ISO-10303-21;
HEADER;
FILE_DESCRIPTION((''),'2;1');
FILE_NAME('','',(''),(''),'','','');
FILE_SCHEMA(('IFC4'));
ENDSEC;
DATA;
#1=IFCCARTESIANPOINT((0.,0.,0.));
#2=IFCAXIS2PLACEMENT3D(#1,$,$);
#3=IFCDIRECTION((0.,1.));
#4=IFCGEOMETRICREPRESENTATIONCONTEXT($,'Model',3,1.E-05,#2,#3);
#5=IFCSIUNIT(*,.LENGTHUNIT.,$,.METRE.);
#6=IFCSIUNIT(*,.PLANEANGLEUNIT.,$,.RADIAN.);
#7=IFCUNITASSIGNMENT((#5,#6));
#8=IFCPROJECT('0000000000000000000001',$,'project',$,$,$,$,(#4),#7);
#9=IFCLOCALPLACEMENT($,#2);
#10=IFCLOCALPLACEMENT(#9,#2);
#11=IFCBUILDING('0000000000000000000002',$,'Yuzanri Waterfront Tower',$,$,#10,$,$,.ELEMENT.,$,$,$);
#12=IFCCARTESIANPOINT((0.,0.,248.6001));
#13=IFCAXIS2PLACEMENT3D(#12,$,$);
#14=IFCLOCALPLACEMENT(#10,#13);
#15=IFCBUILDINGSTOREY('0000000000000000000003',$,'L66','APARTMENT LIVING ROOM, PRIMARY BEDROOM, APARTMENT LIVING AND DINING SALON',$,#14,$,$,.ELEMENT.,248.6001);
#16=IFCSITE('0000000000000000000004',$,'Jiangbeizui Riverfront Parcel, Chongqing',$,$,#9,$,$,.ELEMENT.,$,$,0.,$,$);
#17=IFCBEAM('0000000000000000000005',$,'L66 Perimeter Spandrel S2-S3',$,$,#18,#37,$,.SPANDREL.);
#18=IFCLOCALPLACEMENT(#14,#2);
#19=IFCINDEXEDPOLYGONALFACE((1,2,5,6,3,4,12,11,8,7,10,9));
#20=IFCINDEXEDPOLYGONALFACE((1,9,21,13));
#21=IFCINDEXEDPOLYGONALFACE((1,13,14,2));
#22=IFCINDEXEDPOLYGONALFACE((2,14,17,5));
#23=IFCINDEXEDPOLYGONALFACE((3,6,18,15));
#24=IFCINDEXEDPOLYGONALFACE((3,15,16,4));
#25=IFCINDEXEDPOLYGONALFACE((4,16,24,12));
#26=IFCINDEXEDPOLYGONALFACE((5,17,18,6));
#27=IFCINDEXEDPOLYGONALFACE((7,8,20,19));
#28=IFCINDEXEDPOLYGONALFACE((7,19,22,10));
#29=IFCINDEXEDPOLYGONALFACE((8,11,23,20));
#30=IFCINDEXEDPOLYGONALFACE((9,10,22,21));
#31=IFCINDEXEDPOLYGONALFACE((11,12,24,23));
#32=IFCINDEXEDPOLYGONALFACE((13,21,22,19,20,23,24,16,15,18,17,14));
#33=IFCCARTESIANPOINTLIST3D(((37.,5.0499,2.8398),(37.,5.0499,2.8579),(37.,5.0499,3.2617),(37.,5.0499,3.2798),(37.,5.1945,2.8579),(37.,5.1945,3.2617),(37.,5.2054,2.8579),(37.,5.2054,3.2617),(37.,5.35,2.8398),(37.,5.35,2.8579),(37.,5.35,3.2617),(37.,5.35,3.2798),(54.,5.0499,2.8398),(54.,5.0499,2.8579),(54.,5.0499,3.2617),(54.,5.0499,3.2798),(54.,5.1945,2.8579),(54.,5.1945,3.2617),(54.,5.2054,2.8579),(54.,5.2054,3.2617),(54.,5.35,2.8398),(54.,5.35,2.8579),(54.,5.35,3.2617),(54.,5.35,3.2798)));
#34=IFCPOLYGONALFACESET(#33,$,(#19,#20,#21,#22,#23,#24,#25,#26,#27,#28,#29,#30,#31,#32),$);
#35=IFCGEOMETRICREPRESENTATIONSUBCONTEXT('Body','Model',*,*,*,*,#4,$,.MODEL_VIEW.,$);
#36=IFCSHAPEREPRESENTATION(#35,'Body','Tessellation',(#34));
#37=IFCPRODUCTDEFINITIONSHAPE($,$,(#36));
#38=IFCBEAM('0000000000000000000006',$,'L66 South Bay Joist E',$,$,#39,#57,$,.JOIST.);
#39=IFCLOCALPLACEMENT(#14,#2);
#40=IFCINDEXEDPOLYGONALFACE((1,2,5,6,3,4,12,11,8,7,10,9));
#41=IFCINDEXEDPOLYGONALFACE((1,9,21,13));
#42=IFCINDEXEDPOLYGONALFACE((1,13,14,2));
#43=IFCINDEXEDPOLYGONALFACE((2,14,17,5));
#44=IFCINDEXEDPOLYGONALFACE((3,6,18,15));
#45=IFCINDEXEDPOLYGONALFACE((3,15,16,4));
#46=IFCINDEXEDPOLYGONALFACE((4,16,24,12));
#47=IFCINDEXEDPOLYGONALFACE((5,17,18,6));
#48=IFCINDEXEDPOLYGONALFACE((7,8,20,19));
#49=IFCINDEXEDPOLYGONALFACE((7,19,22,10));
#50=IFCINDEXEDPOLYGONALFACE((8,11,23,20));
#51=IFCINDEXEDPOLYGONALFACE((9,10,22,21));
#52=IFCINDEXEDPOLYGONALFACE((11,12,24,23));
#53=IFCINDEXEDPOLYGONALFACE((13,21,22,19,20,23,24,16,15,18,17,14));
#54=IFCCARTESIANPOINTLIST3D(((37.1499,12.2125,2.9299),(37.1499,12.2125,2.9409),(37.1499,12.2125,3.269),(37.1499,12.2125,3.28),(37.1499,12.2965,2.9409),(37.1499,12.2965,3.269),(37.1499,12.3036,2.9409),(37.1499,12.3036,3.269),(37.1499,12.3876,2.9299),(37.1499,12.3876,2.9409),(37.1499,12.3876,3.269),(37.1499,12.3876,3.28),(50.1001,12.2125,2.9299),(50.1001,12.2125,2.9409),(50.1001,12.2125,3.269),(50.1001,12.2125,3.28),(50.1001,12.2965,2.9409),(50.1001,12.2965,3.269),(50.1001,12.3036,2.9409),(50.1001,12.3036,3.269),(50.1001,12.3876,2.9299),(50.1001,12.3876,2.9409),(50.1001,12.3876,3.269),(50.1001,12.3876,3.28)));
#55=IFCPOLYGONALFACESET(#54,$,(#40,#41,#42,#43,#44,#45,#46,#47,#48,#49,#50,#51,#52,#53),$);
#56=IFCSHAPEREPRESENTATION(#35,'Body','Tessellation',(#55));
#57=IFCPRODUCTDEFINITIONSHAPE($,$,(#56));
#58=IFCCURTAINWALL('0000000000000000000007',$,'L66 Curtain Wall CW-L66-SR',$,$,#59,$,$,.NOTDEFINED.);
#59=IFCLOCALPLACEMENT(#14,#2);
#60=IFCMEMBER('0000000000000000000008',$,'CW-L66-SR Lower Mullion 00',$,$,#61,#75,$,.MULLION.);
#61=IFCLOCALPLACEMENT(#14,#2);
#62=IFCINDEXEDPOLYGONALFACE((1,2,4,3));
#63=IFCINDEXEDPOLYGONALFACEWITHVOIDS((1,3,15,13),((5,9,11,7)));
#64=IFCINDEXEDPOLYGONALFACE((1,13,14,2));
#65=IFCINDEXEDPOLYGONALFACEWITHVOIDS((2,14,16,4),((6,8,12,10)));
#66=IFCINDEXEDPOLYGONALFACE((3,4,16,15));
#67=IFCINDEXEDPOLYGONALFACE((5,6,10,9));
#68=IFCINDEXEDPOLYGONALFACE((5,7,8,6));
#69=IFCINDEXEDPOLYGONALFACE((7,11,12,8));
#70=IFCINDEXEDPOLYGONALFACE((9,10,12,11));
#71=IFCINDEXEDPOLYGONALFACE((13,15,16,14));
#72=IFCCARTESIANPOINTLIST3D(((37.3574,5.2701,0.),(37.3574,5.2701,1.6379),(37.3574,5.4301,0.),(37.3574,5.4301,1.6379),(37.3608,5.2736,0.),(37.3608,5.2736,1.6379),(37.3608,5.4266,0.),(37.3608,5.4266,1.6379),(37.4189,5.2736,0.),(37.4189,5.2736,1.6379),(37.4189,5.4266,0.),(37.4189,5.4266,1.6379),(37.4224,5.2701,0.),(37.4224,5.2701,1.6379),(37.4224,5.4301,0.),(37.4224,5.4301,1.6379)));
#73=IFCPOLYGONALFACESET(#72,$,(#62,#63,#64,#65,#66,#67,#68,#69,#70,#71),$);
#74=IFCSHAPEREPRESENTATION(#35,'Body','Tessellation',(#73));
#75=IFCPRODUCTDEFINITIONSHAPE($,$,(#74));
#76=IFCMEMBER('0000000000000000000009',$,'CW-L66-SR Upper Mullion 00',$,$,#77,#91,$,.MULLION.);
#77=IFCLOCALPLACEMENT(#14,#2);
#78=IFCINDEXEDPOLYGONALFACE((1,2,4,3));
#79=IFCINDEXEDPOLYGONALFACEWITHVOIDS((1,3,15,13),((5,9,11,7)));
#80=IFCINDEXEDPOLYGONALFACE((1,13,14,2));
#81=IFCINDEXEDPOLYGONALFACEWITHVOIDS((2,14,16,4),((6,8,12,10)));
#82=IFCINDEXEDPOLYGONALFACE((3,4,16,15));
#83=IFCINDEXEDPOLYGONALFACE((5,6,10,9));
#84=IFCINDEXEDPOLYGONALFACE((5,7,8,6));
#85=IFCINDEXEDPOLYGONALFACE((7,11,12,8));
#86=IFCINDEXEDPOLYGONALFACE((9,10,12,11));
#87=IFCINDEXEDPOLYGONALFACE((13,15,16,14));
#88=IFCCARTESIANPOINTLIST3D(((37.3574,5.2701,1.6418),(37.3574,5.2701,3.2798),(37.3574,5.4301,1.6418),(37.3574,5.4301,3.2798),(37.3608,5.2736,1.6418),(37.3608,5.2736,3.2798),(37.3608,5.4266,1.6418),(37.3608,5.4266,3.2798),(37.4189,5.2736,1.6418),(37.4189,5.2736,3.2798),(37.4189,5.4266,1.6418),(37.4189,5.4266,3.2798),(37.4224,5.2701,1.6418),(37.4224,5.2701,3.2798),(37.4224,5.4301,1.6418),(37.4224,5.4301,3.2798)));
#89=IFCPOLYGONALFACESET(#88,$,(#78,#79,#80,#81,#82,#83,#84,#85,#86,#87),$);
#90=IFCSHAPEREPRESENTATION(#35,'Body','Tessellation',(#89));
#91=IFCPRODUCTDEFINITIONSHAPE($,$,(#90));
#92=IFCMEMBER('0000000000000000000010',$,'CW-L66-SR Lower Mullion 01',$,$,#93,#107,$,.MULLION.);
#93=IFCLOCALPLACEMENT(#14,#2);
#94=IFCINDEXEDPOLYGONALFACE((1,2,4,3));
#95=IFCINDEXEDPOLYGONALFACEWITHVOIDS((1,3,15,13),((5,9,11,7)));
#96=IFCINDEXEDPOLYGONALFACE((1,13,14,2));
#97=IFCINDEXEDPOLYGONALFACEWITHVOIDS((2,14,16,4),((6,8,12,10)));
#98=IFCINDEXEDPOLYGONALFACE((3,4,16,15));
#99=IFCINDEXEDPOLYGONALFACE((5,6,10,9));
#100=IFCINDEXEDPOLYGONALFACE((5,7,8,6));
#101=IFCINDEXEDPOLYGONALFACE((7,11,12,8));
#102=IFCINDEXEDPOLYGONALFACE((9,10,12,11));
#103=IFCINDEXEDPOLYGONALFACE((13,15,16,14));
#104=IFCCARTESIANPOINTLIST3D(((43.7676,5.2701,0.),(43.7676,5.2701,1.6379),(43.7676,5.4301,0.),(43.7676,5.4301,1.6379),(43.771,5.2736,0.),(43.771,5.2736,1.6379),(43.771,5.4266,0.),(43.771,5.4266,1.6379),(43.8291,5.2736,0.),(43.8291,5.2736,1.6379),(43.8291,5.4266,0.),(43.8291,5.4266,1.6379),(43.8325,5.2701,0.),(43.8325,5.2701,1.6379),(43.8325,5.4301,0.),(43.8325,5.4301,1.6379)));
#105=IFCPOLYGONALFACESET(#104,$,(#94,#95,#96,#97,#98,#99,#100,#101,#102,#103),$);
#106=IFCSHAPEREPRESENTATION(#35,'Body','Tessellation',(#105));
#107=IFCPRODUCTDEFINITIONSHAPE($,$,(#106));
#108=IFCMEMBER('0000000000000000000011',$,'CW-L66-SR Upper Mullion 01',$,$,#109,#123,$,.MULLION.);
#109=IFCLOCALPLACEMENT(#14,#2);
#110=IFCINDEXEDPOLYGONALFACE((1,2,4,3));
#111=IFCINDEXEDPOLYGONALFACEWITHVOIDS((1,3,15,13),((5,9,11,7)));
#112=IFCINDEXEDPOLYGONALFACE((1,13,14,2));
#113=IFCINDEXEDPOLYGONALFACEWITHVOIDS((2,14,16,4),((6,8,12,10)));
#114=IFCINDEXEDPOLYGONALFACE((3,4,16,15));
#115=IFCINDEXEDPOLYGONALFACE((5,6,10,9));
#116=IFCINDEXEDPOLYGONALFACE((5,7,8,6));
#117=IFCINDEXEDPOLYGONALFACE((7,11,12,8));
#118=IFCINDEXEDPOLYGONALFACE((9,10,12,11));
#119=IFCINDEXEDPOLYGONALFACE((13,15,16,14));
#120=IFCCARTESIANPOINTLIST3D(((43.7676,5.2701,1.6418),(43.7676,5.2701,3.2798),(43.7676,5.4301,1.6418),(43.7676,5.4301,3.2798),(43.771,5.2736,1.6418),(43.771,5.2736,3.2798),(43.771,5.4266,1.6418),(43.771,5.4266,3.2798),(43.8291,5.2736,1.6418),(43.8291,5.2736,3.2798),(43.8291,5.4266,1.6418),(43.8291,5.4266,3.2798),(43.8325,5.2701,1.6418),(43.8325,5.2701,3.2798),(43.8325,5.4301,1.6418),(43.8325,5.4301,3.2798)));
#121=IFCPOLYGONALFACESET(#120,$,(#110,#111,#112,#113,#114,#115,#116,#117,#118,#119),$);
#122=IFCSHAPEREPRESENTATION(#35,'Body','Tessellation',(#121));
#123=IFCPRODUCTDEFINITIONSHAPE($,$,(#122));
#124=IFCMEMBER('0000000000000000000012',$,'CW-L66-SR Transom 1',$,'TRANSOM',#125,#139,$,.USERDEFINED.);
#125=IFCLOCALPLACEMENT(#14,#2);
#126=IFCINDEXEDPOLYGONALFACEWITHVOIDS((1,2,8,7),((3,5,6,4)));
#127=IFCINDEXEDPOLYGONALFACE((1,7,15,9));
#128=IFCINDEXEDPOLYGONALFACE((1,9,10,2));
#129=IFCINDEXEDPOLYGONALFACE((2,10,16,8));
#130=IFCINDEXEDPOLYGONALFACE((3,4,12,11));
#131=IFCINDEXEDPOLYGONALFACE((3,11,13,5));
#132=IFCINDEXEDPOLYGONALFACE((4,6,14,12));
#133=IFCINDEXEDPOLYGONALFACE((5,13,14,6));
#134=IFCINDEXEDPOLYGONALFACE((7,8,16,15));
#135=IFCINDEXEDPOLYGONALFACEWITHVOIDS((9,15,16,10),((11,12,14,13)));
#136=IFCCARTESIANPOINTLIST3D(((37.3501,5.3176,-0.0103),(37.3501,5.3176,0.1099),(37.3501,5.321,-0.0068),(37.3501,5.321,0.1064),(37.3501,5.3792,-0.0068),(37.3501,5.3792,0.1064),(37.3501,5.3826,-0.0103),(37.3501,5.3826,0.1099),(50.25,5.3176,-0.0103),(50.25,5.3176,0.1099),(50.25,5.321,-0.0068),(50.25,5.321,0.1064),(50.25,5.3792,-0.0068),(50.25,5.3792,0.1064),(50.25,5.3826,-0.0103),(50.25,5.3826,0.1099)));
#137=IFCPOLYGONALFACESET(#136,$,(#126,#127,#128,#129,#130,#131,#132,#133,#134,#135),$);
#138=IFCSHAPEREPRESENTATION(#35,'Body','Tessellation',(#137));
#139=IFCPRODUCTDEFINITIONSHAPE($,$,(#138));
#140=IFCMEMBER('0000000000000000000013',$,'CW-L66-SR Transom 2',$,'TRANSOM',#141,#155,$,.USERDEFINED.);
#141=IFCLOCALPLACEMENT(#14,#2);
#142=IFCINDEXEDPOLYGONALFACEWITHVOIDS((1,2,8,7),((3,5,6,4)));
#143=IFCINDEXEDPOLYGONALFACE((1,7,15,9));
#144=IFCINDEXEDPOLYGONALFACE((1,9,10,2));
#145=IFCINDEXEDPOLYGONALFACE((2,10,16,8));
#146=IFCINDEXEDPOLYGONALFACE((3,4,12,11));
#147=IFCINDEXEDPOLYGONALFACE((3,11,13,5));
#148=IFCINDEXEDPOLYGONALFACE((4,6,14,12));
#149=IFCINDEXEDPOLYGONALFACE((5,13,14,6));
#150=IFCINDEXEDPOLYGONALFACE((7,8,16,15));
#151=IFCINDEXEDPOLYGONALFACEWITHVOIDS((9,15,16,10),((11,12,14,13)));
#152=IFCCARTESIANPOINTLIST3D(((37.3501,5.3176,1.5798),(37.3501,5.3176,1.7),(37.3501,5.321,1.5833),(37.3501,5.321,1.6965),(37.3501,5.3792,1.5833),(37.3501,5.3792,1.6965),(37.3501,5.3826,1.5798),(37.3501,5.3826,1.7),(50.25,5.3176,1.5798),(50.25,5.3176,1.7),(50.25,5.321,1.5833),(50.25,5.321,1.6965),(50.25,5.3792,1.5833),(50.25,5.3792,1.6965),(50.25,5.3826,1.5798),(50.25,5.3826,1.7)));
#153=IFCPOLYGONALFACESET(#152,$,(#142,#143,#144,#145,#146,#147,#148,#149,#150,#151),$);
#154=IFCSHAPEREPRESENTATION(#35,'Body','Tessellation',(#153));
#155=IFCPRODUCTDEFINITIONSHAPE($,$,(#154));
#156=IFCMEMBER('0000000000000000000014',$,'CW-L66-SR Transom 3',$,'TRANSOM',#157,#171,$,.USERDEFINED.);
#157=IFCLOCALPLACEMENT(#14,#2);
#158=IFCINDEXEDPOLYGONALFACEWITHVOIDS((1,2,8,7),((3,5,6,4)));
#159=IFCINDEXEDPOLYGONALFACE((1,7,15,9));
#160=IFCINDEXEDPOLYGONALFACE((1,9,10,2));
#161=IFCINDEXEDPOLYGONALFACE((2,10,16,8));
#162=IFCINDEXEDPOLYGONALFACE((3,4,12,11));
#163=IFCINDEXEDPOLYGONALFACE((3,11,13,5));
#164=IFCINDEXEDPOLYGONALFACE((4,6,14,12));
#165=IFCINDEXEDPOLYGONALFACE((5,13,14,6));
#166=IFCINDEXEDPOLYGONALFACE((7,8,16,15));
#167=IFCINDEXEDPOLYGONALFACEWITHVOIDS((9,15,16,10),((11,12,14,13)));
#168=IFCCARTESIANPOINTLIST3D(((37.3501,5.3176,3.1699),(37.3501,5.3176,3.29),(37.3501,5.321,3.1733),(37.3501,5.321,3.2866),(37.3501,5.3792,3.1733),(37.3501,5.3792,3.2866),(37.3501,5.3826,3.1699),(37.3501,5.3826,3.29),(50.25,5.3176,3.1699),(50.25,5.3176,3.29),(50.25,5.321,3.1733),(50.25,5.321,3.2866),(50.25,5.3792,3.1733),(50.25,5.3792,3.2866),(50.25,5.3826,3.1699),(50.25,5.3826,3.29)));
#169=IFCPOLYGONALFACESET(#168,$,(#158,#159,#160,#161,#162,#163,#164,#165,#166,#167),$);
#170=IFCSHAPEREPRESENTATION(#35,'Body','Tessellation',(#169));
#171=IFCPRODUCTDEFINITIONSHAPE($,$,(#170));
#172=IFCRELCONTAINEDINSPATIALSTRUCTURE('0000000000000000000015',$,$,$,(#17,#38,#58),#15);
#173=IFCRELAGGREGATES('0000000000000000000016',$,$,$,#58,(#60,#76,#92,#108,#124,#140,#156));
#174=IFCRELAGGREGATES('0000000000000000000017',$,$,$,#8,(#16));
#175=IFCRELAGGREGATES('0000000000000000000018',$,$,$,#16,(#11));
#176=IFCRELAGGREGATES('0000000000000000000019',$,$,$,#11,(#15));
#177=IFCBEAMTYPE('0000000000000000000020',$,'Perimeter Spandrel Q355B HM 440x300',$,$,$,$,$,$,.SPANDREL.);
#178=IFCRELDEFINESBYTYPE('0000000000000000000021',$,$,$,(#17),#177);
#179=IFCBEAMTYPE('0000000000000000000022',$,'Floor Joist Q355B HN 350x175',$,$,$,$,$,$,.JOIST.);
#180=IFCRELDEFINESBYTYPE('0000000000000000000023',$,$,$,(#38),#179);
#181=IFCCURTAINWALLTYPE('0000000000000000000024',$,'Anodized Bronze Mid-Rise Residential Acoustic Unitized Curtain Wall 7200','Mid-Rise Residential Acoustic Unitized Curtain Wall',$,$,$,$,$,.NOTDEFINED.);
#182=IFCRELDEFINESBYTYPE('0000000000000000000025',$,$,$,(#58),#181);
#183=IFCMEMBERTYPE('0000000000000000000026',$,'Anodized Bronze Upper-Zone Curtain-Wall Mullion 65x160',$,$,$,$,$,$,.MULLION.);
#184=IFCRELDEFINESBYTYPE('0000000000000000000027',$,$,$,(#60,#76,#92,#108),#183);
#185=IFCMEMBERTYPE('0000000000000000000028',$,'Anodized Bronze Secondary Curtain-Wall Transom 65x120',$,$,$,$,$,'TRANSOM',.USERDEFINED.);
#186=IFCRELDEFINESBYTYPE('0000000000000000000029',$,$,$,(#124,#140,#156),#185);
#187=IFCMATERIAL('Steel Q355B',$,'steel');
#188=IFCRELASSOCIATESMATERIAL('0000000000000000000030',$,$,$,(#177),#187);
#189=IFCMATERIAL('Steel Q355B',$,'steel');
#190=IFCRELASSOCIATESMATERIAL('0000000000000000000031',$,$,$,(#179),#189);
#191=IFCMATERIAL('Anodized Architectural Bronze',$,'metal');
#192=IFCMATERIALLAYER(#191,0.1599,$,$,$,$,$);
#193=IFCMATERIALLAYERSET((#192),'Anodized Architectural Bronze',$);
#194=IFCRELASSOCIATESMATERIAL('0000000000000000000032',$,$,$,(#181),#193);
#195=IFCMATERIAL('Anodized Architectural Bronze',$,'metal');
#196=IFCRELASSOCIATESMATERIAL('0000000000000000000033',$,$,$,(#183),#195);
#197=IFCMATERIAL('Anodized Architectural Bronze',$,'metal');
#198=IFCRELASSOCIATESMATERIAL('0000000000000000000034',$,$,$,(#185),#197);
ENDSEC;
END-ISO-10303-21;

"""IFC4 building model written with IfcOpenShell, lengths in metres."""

from ifc_helpers import new_model, si_unit, direction, frame, origin, origin_2d, place, context, subcontext, project, spatial, hollow_rectangle, i_section, extrude, source, transform, mapped, material, layer, layer_set, material_profile, profile_set, type_object, element, aggregate, save


model = new_model("IFC4")

# Units and contexts
model_context = context("Model", 3, precision=1e-05, world=origin(), true_north=direction((0.0, 1.0)))
body_context = subcontext(model_context, "Body", "Model", "MODEL_VIEW")
ifc_project = project(units=[si_unit("LENGTHUNIT", "METRE"), si_unit("PLANEANGLEUNIT", "RADIAN")], contexts=[model_context])

# Site, building, storey
site_placement = place(None, origin())
site = spatial("IfcSite", under=ifc_project, at=site_placement, Name="Jiangbeizui Riverfront Parcel, Chongqing", CompositionType="ELEMENT", RefElevation=0.0)
building_placement = place(site_placement, origin())
building = spatial("IfcBuilding", under=site, at=building_placement, Name="Yuzanri Waterfront Tower", CompositionType="ELEMENT")
storey_placement = place(building_placement, frame((0.0, 0.0, 248.6001)))
storey = spatial("IfcBuildingStorey", under=building, at=storey_placement, Name="L66", Description="APARTMENT LIVING ROOM, PRIMARY BEDROOM, APARTMENT LIVING AND DINING SALON", CompositionType="ELEMENT", Elevation=248.6001)

# Beams
ifc_material_1 = material(Name="Steel Q355B", Category="steel")
ifc_material_profile_1 = material_profile(ifc_material_1, i_section(OverallWidth=0.3, OverallDepth=0.4399, WebThickness=0.011, FlangeThickness=0.0181, at=origin_2d()), Name="HM 440x300x11x18")
ifc_profile_set_1 = profile_set([ifc_material_profile_1], Name="Steel Q355B")
beam_type_1 = type_object("IfcBeamType", Name="Perimeter Spandrel Q355B HM 440x300", PredefinedType="SPANDREL", material=ifc_profile_set_1)
shared_shape_1 = source(origin(), body_context, "Body", "SweptSolid", [
    extrude(i_section(OverallWidth=0.3, OverallDepth=0.4399, WebThickness=0.011, FlangeThickness=0.0181, at=origin_2d()), origin(), (0.0, 0.0, 1.0), 17.0),
])
beam_1_placement = place(storey_placement, frame((37.0, 5.2, 3.0598), z_axis=(1.0, 0.0, 0.0), x_axis=(0.0, 1.0, 0.0)))
element("IfcBeam", 1, at=beam_1_placement, inside=storey, type_object=beam_type_1, Name="L66 Perimeter Spandrel S2-S3", PredefinedType="SPANDREL", context=body_context, shape_type="MappedRepresentation", body=[
    mapped(shared_shape_1, transform((0.0, 0.0, 0.0), scale=1.0)),
])
ifc_material_2 = material(Name="Steel Q355B", Category="steel")
ifc_material_profile_2 = material_profile(ifc_material_2, i_section(OverallWidth=0.175, OverallDepth=0.3501, WebThickness=0.0071, FlangeThickness=0.011, at=origin_2d()), Name="HN 350x175x7x11")
ifc_profile_set_2 = profile_set([ifc_material_profile_2], Name="Steel Q355B")
beam_type_2 = type_object("IfcBeamType", Name="Floor Joist Q355B HN 350x175", PredefinedType="JOIST", material=ifc_profile_set_2)
shared_shape_2 = source(origin(), body_context, "Body", "SweptSolid", [
    extrude(i_section(OverallWidth=0.175, OverallDepth=0.3501, WebThickness=0.0071, FlangeThickness=0.011, at=origin_2d()), origin(), (0.0, 0.0, 1.0), 12.9502),
])
beam_2_placement = place(storey_placement, frame((37.1499, 12.3, 3.105), z_axis=(1.0, 0.0, 0.0), x_axis=(0.0, 1.0, 0.0)))
element("IfcBeam", 2, at=beam_2_placement, inside=storey, type_object=beam_type_2, Name="L66 South Bay Joist E", PredefinedType="JOIST", context=body_context, shape_type="MappedRepresentation", body=[
    mapped(shared_shape_2, transform((0.0, 0.0, 0.0), scale=1.0)),
])

# Curtain wall, members
ifc_material_3 = material(Name="Anodized Architectural Bronze", Category="metal")
ifc_layer_1 = layer(ifc_material_3, 0.1599)
ifc_layer_set_1 = layer_set([ifc_layer_1], Name="Anodized Architectural Bronze")
curtain_wall_type = type_object("IfcCurtainWallType", Name="Anodized Bronze Mid-Rise Residential Acoustic Unitized Curtain Wall 7200", Description="Mid-Rise Residential Acoustic Unitized Curtain Wall", PredefinedType="NOTDEFINED", material=ifc_layer_set_1)
curtain_wall_placement = place(storey_placement, origin())
curtain_wall = element("IfcCurtainWall", 3, at=curtain_wall_placement, inside=storey, type_object=curtain_wall_type, Name="L66 Curtain Wall CW-L66-SR", PredefinedType="NOTDEFINED")
ifc_material_4 = material(Name="Anodized Architectural Bronze", Category="metal")
ifc_material_profile_3 = material_profile(ifc_material_4, hollow_rectangle(XDim=0.0649, YDim=0.1599, WallThickness=0.0034, at=origin_2d()), Name="CWM 65x160")
ifc_profile_set_3 = profile_set([ifc_material_profile_3], Name="Anodized Architectural Bronze")
member_type_1 = type_object("IfcMemberType", Name="Anodized Bronze Upper-Zone Curtain-Wall Mullion 65x160", PredefinedType="MULLION", material=ifc_profile_set_3)
shared_shape_3 = source(origin(), body_context, "Body", "SweptSolid", [
    extrude(hollow_rectangle(XDim=0.0649, YDim=0.1599, WallThickness=0.0034, at=origin_2d()), origin(), (0.0, 0.0, 1.0), 1.6379),
])
member_1_placement = place(storey_placement, frame((37.3899, 5.3501, 0.0), z_axis=(0.0, 0.0, 1.0), x_axis=(1.0, 0.0, 0.0)))
member_1 = element("IfcMember", 4, at=member_1_placement, type_object=member_type_1, Name="CW-L66-SR Lower Mullion 00", PredefinedType="MULLION", context=body_context, shape_type="MappedRepresentation", body=[
    mapped(shared_shape_3, transform((0.0, 0.0, 0.0), scale=1.0)),
])
member_2_placement = place(storey_placement, frame((37.3899, 5.3501, 1.6418), z_axis=(0.0, 0.0, 1.0), x_axis=(1.0, 0.0, 0.0)))
member_2 = element("IfcMember", 5, at=member_2_placement, type_object=member_type_1, Name="CW-L66-SR Upper Mullion 00", PredefinedType="MULLION", context=body_context, shape_type="MappedRepresentation", body=[
    mapped(shared_shape_3, transform((0.0, 0.0, 0.0), scale=1.0)),
])
member_3_placement = place(storey_placement, frame((43.8, 5.3501, 0.0), z_axis=(0.0, 0.0, 1.0), x_axis=(1.0, 0.0, 0.0)))
member_3 = element("IfcMember", 6, at=member_3_placement, type_object=member_type_1, Name="CW-L66-SR Lower Mullion 01", PredefinedType="MULLION", context=body_context, shape_type="MappedRepresentation", body=[
    mapped(shared_shape_3, transform((0.0, 0.0, 0.0), scale=1.0)),
])
member_4_placement = place(storey_placement, frame((43.8, 5.3501, 1.6418), z_axis=(0.0, 0.0, 1.0), x_axis=(1.0, 0.0, 0.0)))
member_4 = element("IfcMember", 7, at=member_4_placement, type_object=member_type_1, Name="CW-L66-SR Upper Mullion 01", PredefinedType="MULLION", context=body_context, shape_type="MappedRepresentation", body=[
    mapped(shared_shape_3, transform((0.0, 0.0, 0.0), scale=1.0)),
])
ifc_material_5 = material(Name="Anodized Architectural Bronze", Category="metal")
ifc_material_profile_4 = material_profile(ifc_material_5, hollow_rectangle(XDim=0.0649, YDim=0.1201, WallThickness=0.0034, at=origin_2d()), Name="CWT 65x120")
ifc_profile_set_4 = profile_set([ifc_material_profile_4], Name="Anodized Architectural Bronze")
member_type_2 = type_object("IfcMemberType", Name="Anodized Bronze Secondary Curtain-Wall Transom 65x120", ElementType="TRANSOM", PredefinedType="USERDEFINED", material=ifc_profile_set_4)
shared_shape_4 = source(origin(), body_context, "Body", "SweptSolid", [
    extrude(hollow_rectangle(XDim=0.0649, YDim=0.1201, WallThickness=0.0034, at=origin_2d()), origin(), (0.0, 0.0, 1.0), 12.8999),
])
member_5_placement = place(storey_placement, frame((37.3501, 5.3501, 0.0498), z_axis=(1.0, 0.0, 0.0), x_axis=(0.0, 1.0, 0.0)))
member_5 = element("IfcMember", 8, at=member_5_placement, type_object=member_type_2, Name="CW-L66-SR Transom 1", ObjectType="TRANSOM", PredefinedType="USERDEFINED", context=body_context, shape_type="MappedRepresentation", body=[
    mapped(shared_shape_4, transform((0.0, 0.0, 0.0), scale=1.0)),
])
member_6_placement = place(storey_placement, frame((37.3501, 5.3501, 1.6399), z_axis=(1.0, 0.0, 0.0), x_axis=(0.0, 1.0, 0.0)))
member_6 = element("IfcMember", 9, at=member_6_placement, type_object=member_type_2, Name="CW-L66-SR Transom 2", ObjectType="TRANSOM", PredefinedType="USERDEFINED", context=body_context, shape_type="MappedRepresentation", body=[
    mapped(shared_shape_4, transform((0.0, 0.0, 0.0), scale=1.0)),
])
member_7_placement = place(storey_placement, frame((37.3501, 5.3501, 3.23), z_axis=(1.0, 0.0, 0.0), x_axis=(0.0, 1.0, 0.0)))
member_7 = element("IfcMember", 10, at=member_7_placement, type_object=member_type_2, Name="CW-L66-SR Transom 3", ObjectType="TRANSOM", PredefinedType="USERDEFINED", context=body_context, shape_type="MappedRepresentation", body=[
    mapped(shared_shape_4, transform((0.0, 0.0, 0.0), scale=1.0)),
])
aggregate(curtain_wall, [member_1, member_2, member_3, member_4, member_5, member_6, member_7])

save(model, "model.ifc")
